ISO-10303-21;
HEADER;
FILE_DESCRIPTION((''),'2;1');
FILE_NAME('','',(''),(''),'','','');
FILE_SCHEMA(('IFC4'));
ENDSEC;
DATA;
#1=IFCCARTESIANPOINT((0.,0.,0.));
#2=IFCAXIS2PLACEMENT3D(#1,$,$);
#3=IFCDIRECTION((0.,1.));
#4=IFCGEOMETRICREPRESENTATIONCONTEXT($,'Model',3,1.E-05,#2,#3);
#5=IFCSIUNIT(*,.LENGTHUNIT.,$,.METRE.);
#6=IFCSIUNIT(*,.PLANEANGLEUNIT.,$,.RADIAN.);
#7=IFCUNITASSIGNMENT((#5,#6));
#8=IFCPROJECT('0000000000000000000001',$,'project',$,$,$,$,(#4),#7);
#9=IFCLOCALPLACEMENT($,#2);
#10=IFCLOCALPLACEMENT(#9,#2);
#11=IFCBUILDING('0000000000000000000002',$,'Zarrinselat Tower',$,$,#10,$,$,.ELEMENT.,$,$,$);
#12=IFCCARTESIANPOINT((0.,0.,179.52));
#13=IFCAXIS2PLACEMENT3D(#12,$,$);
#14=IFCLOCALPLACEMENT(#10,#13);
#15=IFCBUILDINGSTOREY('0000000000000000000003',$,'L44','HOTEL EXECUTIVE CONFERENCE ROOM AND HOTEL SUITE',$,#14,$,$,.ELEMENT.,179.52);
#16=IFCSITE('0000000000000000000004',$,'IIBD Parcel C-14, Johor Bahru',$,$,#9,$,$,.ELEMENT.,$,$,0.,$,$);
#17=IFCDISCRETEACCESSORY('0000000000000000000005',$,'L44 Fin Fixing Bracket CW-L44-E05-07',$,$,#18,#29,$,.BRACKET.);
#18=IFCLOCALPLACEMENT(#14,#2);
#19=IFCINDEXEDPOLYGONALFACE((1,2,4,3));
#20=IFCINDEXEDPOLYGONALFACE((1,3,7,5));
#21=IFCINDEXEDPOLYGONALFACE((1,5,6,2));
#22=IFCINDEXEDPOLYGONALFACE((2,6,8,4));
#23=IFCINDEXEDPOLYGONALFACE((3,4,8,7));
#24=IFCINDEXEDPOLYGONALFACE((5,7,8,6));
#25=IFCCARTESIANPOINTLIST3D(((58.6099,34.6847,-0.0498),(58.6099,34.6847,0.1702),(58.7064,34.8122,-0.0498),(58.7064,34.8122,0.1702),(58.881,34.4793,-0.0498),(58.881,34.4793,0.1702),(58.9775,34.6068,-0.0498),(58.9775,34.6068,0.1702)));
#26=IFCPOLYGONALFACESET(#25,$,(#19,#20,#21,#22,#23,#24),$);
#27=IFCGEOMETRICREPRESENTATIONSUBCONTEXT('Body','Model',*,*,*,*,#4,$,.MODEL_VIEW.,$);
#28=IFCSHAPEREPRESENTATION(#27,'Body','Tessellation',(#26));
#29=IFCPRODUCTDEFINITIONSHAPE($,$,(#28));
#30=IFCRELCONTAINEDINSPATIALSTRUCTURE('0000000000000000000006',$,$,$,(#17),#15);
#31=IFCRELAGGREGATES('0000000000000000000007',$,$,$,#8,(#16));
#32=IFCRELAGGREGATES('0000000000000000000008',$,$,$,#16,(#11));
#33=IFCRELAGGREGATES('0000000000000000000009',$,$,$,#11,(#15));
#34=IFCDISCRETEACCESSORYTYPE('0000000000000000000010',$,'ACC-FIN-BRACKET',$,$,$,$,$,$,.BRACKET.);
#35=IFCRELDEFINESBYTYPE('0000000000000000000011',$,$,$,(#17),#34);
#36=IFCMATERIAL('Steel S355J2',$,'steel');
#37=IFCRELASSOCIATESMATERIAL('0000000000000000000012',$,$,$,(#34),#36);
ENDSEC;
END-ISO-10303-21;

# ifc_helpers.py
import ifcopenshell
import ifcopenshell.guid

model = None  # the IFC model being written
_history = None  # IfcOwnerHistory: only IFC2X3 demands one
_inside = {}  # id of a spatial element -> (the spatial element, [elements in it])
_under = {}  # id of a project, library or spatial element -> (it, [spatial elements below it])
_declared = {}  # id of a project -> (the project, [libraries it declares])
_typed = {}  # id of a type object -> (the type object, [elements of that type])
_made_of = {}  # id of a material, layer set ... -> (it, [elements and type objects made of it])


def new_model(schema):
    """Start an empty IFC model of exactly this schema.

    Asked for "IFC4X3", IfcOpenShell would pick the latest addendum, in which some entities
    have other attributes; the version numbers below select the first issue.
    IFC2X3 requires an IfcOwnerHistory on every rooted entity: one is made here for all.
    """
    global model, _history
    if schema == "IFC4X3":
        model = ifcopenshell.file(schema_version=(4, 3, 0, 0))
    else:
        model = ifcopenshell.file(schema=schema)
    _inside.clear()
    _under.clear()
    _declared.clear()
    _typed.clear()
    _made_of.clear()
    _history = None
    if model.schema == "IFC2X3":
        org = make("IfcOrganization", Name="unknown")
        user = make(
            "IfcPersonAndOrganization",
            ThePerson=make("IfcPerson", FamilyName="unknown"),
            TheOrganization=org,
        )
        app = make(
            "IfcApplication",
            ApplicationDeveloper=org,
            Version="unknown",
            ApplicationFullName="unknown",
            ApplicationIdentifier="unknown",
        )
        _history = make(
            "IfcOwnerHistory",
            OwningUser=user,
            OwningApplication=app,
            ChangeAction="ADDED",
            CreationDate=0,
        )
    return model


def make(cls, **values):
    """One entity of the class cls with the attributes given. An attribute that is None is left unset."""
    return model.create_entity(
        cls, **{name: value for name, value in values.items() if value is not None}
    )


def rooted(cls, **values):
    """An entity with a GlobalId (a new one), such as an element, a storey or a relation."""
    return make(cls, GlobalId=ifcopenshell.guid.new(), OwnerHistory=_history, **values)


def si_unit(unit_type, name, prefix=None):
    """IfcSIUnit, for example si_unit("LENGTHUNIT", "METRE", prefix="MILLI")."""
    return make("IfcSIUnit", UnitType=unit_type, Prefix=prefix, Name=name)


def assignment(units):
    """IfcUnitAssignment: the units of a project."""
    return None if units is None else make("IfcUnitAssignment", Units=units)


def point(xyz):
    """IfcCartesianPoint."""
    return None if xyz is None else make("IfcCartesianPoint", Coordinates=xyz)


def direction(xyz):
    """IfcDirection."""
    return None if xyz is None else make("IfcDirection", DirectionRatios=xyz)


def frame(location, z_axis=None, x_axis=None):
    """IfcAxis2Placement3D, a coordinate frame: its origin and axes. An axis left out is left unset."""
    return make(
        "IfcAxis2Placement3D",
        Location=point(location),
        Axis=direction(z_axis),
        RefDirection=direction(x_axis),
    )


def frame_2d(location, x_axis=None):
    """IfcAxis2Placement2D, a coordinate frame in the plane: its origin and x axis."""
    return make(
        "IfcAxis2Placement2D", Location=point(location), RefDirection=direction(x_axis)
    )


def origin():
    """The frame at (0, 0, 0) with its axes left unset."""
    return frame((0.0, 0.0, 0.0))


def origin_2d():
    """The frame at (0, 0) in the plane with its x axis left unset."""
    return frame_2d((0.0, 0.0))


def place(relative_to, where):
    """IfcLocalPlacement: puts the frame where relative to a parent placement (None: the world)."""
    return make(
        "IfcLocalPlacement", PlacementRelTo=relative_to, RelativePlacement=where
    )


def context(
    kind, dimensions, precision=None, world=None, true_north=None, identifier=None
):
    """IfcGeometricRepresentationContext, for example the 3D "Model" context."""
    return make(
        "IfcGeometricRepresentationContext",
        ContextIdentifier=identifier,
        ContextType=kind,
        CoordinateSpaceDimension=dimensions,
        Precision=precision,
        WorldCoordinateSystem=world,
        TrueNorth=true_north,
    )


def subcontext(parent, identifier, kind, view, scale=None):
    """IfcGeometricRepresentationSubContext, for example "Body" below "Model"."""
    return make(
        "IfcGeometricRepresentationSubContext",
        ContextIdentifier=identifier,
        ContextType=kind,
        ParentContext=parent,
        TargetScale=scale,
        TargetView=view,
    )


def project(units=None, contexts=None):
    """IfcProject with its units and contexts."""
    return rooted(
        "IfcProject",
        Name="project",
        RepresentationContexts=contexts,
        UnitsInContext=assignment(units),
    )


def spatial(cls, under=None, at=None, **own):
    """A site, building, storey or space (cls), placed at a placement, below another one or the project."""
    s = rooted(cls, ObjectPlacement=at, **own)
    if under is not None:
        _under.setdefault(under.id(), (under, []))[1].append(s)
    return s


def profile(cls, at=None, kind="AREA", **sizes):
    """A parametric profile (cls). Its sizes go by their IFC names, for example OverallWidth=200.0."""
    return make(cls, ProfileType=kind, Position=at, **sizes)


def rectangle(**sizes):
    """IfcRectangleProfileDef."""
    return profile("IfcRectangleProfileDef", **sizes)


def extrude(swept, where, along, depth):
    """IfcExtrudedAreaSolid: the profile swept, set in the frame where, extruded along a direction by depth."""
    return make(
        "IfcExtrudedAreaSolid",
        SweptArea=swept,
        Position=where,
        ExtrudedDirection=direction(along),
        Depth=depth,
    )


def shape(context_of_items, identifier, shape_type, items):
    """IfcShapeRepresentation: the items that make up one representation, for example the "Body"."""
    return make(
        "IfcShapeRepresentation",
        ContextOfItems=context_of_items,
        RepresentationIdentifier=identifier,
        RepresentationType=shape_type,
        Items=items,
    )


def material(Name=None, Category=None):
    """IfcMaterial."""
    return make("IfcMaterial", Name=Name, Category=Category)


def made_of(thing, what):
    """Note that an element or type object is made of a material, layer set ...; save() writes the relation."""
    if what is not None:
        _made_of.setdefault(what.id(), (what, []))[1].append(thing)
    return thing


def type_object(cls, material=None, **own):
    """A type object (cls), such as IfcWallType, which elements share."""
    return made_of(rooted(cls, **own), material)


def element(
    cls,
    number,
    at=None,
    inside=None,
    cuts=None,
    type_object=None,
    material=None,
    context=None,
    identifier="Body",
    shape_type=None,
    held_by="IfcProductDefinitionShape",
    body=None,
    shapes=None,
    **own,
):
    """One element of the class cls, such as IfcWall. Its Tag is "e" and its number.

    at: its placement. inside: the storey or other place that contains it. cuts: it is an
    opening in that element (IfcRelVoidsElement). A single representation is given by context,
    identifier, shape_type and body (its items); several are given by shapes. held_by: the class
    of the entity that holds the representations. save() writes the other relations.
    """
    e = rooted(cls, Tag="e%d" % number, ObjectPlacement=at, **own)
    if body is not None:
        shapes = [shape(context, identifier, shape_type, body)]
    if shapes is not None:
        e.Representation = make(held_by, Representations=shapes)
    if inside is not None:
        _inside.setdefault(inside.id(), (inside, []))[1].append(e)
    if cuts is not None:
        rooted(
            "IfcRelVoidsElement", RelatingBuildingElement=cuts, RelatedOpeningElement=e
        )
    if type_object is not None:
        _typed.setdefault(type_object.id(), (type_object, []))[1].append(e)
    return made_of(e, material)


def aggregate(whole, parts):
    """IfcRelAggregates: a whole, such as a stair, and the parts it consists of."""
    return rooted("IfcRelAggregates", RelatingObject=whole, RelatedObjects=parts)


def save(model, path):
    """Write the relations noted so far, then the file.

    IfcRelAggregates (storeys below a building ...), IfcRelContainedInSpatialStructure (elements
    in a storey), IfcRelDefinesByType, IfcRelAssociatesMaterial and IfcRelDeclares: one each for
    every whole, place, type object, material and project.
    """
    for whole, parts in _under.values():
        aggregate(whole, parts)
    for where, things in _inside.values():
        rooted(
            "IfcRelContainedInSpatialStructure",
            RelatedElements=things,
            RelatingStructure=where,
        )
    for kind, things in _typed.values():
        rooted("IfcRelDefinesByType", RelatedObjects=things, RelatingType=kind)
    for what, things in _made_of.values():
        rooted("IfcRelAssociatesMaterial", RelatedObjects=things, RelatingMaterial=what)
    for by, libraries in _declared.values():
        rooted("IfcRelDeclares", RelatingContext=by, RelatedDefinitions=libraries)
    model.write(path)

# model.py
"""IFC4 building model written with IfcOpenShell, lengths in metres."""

from ifc_helpers import new_model, si_unit, direction, frame, origin, origin_2d, place, context, subcontext, project, spatial, rectangle, extrude, material, type_object, element, save


model = new_model("IFC4")

# Units and contexts
model_context = context("Model", 3, precision=1e-05, world=origin(), true_north=direction((0.0, 1.0)))
body_context = subcontext(model_context, "Body", "Model", "MODEL_VIEW")
ifc_project = project(units=[si_unit("LENGTHUNIT", "METRE"), si_unit("PLANEANGLEUNIT", "RADIAN")], contexts=[model_context])

# Site, building, storey
site_placement = place(None, origin())
site = spatial("IfcSite", under=ifc_project, at=site_placement, Name="IIBD Parcel C-14, Johor Bahru", CompositionType="ELEMENT", RefElevation=0.0)
building_placement = place(site_placement, origin())
building = spatial("IfcBuilding", under=site, at=building_placement, Name="Zarrinselat Tower", CompositionType="ELEMENT")
storey_placement = place(building_placement, frame((0.0, 0.0, 179.52)))
storey = spatial("IfcBuildingStorey", under=building, at=storey_placement, Name="L44", Description="HOTEL EXECUTIVE CONFERENCE ROOM AND HOTEL SUITE", CompositionType="ELEMENT", Elevation=179.52)

# Discrete accessory
ifc_material_1 = material(Name="Steel S355J2", Category="steel")
discrete_accessory_type = type_object("IfcDiscreteAccessoryType", Name="ACC-FIN-BRACKET", PredefinedType="BRACKET", material=ifc_material_1)
discrete_accessory_placement = place(storey_placement, frame((58.7937, 34.6458, -0.0498), z_axis=(0.0, 0.0, 1.0), x_axis=(0.797091, -0.603859, 0.0)))
element("IfcDiscreteAccessory", 1, at=discrete_accessory_placement, inside=storey, type_object=discrete_accessory_type, Name="L44 Fin Fixing Bracket CW-L44-E05-07", PredefinedType="BRACKET", context=body_context, shape_type="SweptSolid", body=[
    extrude(rectangle(XDim=0.3401, YDim=0.1599, at=origin_2d()), origin(), (0.0, 0.0, 1.0), 0.22),
])

save(model, "model.ifc")
